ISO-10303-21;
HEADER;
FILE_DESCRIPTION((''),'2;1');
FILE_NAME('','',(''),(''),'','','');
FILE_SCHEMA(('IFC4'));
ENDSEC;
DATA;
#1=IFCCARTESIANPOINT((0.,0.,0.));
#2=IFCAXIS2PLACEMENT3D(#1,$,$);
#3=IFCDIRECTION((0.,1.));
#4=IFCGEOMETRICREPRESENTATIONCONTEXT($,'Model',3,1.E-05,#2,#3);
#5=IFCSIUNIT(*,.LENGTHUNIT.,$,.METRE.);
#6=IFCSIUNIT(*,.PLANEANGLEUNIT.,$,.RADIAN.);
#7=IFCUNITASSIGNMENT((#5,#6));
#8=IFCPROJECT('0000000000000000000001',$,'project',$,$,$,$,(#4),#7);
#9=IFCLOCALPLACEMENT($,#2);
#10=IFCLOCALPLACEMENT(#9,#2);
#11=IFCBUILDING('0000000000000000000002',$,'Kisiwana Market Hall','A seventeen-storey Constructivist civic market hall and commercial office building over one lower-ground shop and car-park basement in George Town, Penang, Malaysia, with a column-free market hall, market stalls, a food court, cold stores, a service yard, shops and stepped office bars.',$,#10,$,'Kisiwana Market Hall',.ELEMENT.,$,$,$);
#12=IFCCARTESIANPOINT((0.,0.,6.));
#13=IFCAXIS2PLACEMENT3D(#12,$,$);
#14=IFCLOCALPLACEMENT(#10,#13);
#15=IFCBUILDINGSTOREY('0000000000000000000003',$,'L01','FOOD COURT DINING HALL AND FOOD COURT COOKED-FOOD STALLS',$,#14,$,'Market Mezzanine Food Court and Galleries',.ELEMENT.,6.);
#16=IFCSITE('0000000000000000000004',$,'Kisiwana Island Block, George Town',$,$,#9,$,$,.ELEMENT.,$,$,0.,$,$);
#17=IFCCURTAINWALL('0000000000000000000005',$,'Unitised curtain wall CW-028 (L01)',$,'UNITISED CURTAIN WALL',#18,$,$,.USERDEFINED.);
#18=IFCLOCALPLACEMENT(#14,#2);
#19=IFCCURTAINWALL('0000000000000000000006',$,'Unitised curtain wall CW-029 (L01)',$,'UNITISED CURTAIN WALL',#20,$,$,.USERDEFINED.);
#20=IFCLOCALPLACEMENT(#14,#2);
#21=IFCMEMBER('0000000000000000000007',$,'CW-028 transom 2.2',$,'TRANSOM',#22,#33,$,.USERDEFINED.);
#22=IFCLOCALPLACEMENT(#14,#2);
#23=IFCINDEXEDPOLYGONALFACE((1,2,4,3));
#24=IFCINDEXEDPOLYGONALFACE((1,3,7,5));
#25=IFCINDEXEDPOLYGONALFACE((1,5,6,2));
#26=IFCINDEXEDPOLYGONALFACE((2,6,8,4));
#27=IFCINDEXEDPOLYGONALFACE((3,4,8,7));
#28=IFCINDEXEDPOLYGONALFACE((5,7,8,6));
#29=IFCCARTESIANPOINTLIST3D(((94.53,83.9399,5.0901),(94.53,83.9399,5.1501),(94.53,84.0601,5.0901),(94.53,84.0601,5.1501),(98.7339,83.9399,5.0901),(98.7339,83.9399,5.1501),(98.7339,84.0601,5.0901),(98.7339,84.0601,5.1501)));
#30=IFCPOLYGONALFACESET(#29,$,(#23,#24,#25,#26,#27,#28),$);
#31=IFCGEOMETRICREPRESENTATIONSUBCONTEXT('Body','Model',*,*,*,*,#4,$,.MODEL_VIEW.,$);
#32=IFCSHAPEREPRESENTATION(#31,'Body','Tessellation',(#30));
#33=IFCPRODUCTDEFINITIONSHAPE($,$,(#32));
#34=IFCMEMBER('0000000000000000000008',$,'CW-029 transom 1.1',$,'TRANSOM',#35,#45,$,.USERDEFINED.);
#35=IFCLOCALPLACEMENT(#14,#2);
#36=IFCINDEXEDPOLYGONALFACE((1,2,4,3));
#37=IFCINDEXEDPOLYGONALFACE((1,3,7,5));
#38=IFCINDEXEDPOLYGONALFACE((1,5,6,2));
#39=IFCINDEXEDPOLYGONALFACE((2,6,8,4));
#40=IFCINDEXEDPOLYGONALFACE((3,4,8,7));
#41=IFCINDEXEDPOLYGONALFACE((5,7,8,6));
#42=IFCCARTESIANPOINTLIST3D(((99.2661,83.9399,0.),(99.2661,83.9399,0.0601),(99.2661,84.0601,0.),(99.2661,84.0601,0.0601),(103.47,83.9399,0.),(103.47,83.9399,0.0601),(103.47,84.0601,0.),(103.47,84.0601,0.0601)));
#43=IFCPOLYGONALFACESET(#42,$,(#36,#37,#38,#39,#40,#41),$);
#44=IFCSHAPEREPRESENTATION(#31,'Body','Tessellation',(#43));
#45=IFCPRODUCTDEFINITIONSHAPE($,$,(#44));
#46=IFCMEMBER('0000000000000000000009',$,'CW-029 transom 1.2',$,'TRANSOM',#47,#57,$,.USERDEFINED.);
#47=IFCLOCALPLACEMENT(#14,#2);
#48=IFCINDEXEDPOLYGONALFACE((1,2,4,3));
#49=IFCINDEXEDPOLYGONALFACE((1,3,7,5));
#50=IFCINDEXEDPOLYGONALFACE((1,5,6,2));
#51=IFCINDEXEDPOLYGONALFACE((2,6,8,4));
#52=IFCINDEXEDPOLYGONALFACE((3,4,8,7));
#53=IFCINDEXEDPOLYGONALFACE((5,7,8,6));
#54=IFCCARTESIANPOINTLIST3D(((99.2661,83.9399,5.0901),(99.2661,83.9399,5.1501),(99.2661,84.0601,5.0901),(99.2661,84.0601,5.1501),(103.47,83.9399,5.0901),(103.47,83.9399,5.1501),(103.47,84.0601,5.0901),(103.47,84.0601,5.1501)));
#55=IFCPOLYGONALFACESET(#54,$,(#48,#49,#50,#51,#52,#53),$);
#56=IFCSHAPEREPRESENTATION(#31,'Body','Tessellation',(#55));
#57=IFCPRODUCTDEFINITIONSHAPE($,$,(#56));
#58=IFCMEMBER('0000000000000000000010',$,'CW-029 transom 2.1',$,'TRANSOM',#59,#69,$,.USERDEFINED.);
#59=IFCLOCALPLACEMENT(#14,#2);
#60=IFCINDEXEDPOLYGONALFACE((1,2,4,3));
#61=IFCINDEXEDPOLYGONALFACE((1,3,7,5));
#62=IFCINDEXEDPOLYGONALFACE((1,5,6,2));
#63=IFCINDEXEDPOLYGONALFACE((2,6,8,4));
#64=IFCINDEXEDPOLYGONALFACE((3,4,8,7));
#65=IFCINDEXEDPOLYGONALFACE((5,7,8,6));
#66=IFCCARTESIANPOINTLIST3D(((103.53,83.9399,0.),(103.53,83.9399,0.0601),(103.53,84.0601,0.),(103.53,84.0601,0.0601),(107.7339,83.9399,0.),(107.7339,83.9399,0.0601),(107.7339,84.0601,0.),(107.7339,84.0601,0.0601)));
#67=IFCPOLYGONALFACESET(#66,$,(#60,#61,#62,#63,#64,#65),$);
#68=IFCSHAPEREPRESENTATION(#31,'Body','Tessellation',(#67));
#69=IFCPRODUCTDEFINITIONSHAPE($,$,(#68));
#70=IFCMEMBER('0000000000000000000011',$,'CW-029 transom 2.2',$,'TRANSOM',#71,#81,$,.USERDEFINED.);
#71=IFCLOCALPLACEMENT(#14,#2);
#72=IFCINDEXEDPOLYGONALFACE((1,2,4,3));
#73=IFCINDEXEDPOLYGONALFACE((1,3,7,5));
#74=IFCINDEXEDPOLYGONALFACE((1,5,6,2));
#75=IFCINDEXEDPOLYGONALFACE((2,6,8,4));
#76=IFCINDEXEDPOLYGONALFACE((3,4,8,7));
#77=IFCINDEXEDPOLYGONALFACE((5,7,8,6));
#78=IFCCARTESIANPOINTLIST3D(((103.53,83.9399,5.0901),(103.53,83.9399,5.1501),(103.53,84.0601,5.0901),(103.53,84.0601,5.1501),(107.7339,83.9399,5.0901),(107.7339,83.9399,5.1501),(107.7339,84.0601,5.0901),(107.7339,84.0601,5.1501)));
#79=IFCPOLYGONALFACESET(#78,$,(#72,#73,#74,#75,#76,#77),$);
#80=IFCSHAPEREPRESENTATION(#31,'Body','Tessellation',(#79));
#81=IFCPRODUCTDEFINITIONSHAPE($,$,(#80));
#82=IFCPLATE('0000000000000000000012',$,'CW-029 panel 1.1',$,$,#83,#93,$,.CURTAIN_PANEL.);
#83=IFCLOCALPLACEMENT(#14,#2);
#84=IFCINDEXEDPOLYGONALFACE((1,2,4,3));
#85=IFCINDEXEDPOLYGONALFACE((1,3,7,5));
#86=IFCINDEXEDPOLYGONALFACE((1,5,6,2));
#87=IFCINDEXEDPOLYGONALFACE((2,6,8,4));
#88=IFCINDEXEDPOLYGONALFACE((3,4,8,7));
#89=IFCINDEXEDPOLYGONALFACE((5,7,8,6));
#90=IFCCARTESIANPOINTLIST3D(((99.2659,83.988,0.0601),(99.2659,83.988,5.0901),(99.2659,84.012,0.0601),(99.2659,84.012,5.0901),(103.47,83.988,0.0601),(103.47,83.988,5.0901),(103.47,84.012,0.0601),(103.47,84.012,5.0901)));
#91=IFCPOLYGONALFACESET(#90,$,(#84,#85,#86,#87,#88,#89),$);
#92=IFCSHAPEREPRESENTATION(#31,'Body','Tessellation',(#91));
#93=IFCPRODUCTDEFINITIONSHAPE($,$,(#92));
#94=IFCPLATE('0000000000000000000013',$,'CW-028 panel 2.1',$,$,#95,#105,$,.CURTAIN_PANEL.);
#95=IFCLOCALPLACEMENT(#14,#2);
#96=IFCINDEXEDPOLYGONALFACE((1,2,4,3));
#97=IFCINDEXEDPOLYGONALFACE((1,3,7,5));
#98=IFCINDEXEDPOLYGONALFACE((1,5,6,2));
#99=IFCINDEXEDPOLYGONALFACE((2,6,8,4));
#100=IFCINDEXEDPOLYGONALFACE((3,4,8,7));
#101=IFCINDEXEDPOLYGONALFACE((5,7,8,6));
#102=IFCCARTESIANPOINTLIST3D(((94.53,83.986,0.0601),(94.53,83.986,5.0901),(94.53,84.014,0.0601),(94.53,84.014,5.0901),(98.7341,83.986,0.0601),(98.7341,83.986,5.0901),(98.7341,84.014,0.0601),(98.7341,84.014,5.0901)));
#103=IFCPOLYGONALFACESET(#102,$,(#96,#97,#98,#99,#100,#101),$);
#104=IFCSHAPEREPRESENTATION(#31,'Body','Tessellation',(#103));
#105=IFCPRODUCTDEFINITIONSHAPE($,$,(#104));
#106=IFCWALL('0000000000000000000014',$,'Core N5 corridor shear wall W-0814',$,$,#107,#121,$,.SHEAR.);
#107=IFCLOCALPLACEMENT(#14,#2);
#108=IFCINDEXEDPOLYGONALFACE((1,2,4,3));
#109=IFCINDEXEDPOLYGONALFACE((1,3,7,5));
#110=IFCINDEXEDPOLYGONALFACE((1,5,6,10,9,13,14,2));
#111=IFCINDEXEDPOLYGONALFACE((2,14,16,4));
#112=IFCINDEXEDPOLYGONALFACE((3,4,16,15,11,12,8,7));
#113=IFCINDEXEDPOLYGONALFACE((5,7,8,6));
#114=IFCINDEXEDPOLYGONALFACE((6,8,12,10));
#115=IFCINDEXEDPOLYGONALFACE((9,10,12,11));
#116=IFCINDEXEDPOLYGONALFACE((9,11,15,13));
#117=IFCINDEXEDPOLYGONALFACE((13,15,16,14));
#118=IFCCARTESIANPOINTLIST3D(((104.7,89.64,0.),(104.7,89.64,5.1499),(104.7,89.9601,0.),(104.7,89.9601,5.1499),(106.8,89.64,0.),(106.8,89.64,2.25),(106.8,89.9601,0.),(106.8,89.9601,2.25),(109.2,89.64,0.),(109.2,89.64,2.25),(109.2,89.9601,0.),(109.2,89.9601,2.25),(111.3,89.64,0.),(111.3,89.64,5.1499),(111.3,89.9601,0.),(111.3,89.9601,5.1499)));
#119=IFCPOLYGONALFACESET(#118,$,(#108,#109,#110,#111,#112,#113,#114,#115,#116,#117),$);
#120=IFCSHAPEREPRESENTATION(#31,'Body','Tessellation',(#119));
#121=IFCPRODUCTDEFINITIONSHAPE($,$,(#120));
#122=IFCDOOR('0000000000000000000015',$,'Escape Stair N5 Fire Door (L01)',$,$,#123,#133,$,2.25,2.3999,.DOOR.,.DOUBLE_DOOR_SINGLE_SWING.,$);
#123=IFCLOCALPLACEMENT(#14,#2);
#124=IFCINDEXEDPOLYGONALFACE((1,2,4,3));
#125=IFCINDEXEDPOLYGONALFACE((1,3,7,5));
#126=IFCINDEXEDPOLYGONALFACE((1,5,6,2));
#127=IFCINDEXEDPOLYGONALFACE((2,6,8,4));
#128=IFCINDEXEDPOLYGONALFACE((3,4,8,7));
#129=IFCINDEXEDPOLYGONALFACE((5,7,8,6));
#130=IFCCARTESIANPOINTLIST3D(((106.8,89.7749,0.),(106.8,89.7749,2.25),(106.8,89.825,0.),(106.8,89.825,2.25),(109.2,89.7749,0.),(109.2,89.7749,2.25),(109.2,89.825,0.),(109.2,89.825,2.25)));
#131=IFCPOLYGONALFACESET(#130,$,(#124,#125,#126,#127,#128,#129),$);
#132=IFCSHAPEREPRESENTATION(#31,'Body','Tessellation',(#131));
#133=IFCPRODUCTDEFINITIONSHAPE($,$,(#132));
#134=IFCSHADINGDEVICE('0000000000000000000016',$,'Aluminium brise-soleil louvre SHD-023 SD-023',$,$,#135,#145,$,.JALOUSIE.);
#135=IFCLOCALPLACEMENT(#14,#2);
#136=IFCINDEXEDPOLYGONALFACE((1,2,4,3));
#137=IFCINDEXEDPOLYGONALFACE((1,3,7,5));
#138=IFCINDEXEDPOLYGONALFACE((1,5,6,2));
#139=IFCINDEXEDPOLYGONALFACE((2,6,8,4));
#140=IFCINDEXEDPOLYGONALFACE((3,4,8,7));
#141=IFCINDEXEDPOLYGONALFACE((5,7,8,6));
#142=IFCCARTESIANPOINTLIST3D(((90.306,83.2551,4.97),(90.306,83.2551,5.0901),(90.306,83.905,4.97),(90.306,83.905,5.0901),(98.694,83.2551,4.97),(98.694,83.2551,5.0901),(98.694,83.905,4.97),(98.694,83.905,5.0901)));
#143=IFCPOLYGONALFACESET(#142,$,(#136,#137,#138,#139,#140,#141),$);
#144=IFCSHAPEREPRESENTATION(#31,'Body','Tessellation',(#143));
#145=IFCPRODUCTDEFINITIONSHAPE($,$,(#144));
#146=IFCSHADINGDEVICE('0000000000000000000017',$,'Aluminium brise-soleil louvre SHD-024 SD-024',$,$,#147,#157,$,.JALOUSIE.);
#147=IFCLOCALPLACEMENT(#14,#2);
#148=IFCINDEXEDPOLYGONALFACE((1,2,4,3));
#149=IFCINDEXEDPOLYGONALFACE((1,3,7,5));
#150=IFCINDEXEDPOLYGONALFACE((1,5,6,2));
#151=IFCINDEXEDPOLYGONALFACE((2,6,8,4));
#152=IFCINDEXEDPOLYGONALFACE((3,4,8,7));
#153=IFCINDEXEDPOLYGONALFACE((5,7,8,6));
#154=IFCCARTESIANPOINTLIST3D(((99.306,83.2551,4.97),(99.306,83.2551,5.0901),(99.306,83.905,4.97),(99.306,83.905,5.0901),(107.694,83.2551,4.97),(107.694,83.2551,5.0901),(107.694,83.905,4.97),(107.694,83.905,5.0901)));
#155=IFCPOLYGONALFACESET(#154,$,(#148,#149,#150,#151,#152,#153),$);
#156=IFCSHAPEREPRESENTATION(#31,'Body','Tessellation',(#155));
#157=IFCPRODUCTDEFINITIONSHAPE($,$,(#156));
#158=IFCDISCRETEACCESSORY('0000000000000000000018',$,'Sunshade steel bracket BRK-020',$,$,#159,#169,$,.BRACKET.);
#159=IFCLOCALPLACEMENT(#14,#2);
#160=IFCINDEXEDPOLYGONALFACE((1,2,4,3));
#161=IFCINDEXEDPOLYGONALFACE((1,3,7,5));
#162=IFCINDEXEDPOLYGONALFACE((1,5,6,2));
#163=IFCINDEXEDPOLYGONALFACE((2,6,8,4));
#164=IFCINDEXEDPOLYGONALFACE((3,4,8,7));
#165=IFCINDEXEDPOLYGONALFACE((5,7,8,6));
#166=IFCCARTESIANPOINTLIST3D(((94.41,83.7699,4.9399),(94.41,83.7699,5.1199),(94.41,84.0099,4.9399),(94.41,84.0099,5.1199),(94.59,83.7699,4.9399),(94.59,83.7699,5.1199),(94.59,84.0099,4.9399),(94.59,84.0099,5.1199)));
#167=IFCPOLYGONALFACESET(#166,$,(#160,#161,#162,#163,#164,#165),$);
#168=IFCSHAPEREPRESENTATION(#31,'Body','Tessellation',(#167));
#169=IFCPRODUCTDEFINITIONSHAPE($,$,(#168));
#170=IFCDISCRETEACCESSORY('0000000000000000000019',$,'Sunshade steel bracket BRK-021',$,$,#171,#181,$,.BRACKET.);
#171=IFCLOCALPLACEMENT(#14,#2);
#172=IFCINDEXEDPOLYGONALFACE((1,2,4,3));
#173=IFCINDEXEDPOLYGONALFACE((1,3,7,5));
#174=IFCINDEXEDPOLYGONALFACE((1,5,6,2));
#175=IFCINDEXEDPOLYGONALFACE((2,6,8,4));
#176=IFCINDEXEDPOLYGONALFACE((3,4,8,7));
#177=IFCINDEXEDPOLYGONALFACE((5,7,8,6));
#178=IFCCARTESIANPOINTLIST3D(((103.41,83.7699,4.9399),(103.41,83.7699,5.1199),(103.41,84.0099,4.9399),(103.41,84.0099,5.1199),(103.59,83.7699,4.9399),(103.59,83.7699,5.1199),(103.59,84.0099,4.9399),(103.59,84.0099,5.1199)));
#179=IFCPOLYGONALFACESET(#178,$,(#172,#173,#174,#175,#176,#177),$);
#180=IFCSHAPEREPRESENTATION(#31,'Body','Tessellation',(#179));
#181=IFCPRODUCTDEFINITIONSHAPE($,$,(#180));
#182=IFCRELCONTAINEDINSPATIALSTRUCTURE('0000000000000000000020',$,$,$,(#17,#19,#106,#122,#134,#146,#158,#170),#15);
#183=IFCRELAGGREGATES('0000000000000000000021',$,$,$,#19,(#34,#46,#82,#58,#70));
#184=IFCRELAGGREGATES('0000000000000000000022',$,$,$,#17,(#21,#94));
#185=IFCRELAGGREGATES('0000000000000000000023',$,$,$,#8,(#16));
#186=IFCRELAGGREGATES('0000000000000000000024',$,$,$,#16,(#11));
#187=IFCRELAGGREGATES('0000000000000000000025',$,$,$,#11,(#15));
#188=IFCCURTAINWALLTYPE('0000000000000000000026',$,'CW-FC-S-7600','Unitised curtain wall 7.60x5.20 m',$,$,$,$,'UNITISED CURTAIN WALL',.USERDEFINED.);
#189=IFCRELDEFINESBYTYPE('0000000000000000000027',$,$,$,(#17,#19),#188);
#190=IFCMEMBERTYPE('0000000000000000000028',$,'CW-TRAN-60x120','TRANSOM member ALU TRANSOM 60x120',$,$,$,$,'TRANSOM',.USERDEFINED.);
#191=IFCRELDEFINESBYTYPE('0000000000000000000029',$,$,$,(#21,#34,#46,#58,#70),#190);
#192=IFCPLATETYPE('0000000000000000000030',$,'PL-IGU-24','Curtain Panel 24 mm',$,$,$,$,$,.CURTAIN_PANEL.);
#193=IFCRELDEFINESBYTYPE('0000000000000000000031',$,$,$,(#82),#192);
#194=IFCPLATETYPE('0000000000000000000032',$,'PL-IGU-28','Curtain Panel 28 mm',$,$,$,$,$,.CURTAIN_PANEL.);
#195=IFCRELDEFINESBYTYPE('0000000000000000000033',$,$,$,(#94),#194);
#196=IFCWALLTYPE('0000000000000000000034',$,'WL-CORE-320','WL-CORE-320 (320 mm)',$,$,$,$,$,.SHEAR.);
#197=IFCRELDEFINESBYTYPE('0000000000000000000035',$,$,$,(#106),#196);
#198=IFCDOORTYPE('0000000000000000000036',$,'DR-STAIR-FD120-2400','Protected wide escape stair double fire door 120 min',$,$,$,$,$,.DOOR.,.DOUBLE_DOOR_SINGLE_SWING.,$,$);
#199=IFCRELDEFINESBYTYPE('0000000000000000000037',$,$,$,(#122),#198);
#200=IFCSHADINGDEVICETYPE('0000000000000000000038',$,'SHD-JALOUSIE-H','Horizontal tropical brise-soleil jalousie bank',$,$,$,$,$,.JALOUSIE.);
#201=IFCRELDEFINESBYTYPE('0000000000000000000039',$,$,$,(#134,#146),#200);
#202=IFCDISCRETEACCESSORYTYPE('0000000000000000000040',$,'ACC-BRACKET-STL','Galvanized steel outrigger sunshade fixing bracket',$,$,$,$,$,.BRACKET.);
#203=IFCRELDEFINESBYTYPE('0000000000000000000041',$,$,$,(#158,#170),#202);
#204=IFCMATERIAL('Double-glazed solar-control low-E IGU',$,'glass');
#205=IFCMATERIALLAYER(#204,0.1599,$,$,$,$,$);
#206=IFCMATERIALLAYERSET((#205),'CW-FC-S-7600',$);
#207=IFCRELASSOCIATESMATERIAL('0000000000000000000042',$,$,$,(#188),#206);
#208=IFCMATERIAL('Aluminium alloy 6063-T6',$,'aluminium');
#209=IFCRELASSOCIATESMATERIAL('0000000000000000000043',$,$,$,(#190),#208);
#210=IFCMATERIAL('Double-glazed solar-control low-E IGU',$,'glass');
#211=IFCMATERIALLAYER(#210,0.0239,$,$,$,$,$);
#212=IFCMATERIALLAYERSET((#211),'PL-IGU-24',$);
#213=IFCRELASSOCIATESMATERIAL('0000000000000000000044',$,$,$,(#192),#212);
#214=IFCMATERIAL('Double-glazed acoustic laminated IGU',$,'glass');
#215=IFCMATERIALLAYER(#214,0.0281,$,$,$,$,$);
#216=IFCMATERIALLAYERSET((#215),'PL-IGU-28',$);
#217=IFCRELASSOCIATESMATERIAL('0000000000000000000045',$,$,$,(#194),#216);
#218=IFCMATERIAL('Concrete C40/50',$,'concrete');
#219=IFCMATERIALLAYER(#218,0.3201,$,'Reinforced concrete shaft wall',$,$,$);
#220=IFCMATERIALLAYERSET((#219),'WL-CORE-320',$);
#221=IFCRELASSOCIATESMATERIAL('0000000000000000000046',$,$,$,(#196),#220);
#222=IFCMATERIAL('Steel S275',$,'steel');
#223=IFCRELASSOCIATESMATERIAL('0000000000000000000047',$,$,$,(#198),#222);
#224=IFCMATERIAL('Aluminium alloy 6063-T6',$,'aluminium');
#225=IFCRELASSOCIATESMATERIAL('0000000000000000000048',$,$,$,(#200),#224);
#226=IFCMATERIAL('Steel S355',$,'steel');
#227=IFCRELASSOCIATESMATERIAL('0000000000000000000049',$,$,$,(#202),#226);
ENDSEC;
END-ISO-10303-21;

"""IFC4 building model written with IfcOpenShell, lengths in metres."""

from ifc_helpers import new_model, si_unit, direction, frame, frame_2d, origin, origin_2d, place, context, subcontext, project, spatial, rectangle, extrude, material, layer, layer_set, material_profile, profile_set, type_object, element, fill, aggregate, save


model = new_model("IFC4")

# Units and contexts
model_context = context("Model", 3, precision=1e-05, world=origin(), true_north=direction((0.0, 1.0)))
body_context = subcontext(model_context, "Body", "Model", "MODEL_VIEW")
ifc_project = project(units=[si_unit("LENGTHUNIT", "METRE"), si_unit("PLANEANGLEUNIT", "RADIAN")], contexts=[model_context])

# Site, building, storey
site_placement = place(None, origin())
site = spatial("IfcSite", under=ifc_project, at=site_placement, Name="Kisiwana Island Block, George Town", CompositionType="ELEMENT", RefElevation=0.0)
building_placement = place(site_placement, origin())
building = spatial("IfcBuilding", under=site, at=building_placement, Name="Kisiwana Market Hall", Description="A seventeen-storey Constructivist civic market hall and commercial office building over one lower-ground shop and car-park basement in George Town, Penang, Malaysia, with a column-free market hall, market stalls, a food court, cold stores, a service yard, shops and stepped office bars.", LongName="Kisiwana Market Hall", CompositionType="ELEMENT")
storey_placement = place(building_placement, frame((0.0, 0.0, 6.0)))
storey = spatial("IfcBuildingStorey", under=building, at=storey_placement, Name="L01", Description="FOOD COURT DINING HALL AND FOOD COURT COOKED-FOOD STALLS", LongName="Market Mezzanine Food Court and Galleries", CompositionType="ELEMENT", Elevation=6.0)

# Curtain walls
ifc_material_1 = material(Name="Double-glazed solar-control low-E IGU", Category="glass")
ifc_layer_1 = layer(ifc_material_1, 0.1599)
ifc_layer_set_1 = layer_set([ifc_layer_1], Name="CW-FC-S-7600")
curtain_wall_type = type_object("IfcCurtainWallType", Name="CW-FC-S-7600", Description="Unitised curtain wall 7.60x5.20 m", ElementType="UNITISED CURTAIN WALL", PredefinedType="USERDEFINED", material=ifc_layer_set_1)
curtain_wall_1_placement = place(storey_placement, origin())
curtain_wall_1 = element("IfcCurtainWall", 1, at=curtain_wall_1_placement, inside=storey, type_object=curtain_wall_type, Name="Unitised curtain wall CW-028 (L01)", ObjectType="UNITISED CURTAIN WALL", PredefinedType="USERDEFINED")
curtain_wall_2_placement = place(storey_placement, origin())
curtain_wall_2 = element("IfcCurtainWall", 2, at=curtain_wall_2_placement, inside=storey, type_object=curtain_wall_type, Name="Unitised curtain wall CW-029 (L01)", ObjectType="UNITISED CURTAIN WALL", PredefinedType="USERDEFINED")

# Members
ifc_material_2 = material(Name="Aluminium alloy 6063-T6", Category="aluminium")
ifc_material_profile_1 = material_profile(ifc_material_2, rectangle(XDim=0.1201, YDim=0.0601, at=origin_2d()), Name="ALU TRANSOM 60x120")
ifc_profile_set_1 = profile_set([ifc_material_profile_1], Name="Aluminium alloy 6063-T6")
member_type_1 = type_object("IfcMemberType", Name="CW-TRAN-60x120", Description="TRANSOM member ALU TRANSOM 60x120", ElementType="TRANSOM", PredefinedType="USERDEFINED", material=ifc_profile_set_1)
member_1_placement = place(storey_placement, frame((94.53, 84.0, 5.1201), z_axis=(1.0, 0.0, 0.0), x_axis=(0.0, 1.0, 0.0)))
member_1 = element("IfcMember", 3, at=member_1_placement, type_object=member_type_1, Name="CW-028 transom 2.2", ObjectType="TRANSOM", PredefinedType="USERDEFINED", context=body_context, shape_type="SweptSolid", body=[
    extrude(rectangle(XDim=0.1201, YDim=0.0601, at=origin_2d()), origin(), (0.0, 0.0, 1.0), 4.2039),
])
member_2_placement = place(storey_placement, frame((99.2661, 84.0, 0.03), z_axis=(1.0, 0.0, 0.0), x_axis=(0.0, 1.0, 0.0)))
member_2 = element("IfcMember", 4, at=member_2_placement, type_object=member_type_1, Name="CW-029 transom 1.1", ObjectType="TRANSOM", PredefinedType="USERDEFINED", context=body_context, shape_type="SweptSolid", body=[
    extrude(rectangle(XDim=0.1201, YDim=0.0601, at=origin_2d()), origin(), (0.0, 0.0, 1.0), 4.2039),
])
member_3_placement = place(storey_placement, frame((99.2661, 84.0, 5.1201), z_axis=(1.0, 0.0, 0.0), x_axis=(0.0, 1.0, 0.0)))
member_3 = element("IfcMember", 5, at=member_3_placement, type_object=member_type_1, Name="CW-029 transom 1.2", ObjectType="TRANSOM", PredefinedType="USERDEFINED", context=body_context, shape_type="SweptSolid", body=[
    extrude(rectangle(XDim=0.1201, YDim=0.0601, at=origin_2d()), origin(), (0.0, 0.0, 1.0), 4.2039),
])
member_4_placement = place(storey_placement, frame((103.53, 84.0, 0.03), z_axis=(1.0, 0.0, 0.0), x_axis=(0.0, 1.0, 0.0)))
member_4 = element("IfcMember", 6, at=member_4_placement, type_object=member_type_1, Name="CW-029 transom 2.1", ObjectType="TRANSOM", PredefinedType="USERDEFINED", context=body_context, shape_type="SweptSolid", body=[
    extrude(rectangle(XDim=0.1201, YDim=0.0601, at=origin_2d()), origin(), (0.0, 0.0, 1.0), 4.2039),
])
member_5_placement = place(storey_placement, frame((103.53, 84.0, 5.1201), z_axis=(1.0, 0.0, 0.0), x_axis=(0.0, 1.0, 0.0)))
member_5 = element("IfcMember", 7, at=member_5_placement, type_object=member_type_1, Name="CW-029 transom 2.2", ObjectType="TRANSOM", PredefinedType="USERDEFINED", context=body_context, shape_type="SweptSolid", body=[
    extrude(rectangle(XDim=0.1201, YDim=0.0601, at=origin_2d()), origin(), (0.0, 0.0, 1.0), 4.2039),
])

# Plates
ifc_material_3 = material(Name="Double-glazed solar-control low-E IGU", Category="glass")
ifc_layer_2 = layer(ifc_material_3, 0.0239)
ifc_layer_set_2 = layer_set([ifc_layer_2], Name="PL-IGU-24")
plate_type_1 = type_object("IfcPlateType", Name="PL-IGU-24", Description="Curtain Panel 24 mm", PredefinedType="CURTAIN_PANEL", material=ifc_layer_set_2)
plate_1_placement = place(storey_placement, frame((101.3679, 84.0, 0.0601), z_axis=(0.0, 0.0, 1.0), x_axis=(1.0, 0.0, 0.0)))
plate_1 = element("IfcPlate", 8, at=plate_1_placement, type_object=plate_type_1, Name="CW-029 panel 1.1", PredefinedType="CURTAIN_PANEL", context=body_context, shape_type="SweptSolid", body=[
    extrude(rectangle(XDim=4.2041, YDim=0.0239, at=origin_2d()), origin(), (0.0, 0.0, 1.0), 5.03),
])
aggregate(curtain_wall_2, [member_2, member_3, plate_1, member_4, member_5])
ifc_material_4 = material(Name="Double-glazed acoustic laminated IGU", Category="glass")
ifc_layer_3 = layer(ifc_material_4, 0.0281)
ifc_layer_set_3 = layer_set([ifc_layer_3], Name="PL-IGU-28")
plate_type_2 = type_object("IfcPlateType", Name="PL-IGU-28", Description="Curtain Panel 28 mm", PredefinedType="CURTAIN_PANEL", material=ifc_layer_set_3)
plate_2_placement = place(storey_placement, frame((96.6321, 84.0, 0.0601), z_axis=(0.0, 0.0, 1.0), x_axis=(1.0, 0.0, 0.0)))
plate_2 = element("IfcPlate", 9, at=plate_2_placement, type_object=plate_type_2, Name="CW-028 panel 2.1", PredefinedType="CURTAIN_PANEL", context=body_context, shape_type="SweptSolid", body=[
    extrude(rectangle(XDim=4.2041, YDim=0.0281, at=origin_2d()), origin(), (0.0, 0.0, 1.0), 5.03),
])
aggregate(curtain_wall_1, [member_1, plate_2])

# Wall, opening, door
ifc_material_5 = material(Name="Concrete C40/50", Category="concrete")
ifc_layer_4 = layer(ifc_material_5, 0.3201, Name="Reinforced concrete shaft wall")
ifc_layer_set_4 = layer_set([ifc_layer_4], Name="WL-CORE-320")
wall_type = type_object("IfcWallType", Name="WL-CORE-320", Description="WL-CORE-320 (320 mm)", PredefinedType="SHEAR", material=ifc_layer_set_4)
wall_placement = place(storey_placement, frame((104.7, 89.8, 0.0), z_axis=(0.0, 0.0, 1.0), x_axis=(1.0, 0.0, 0.0)))
wall = element("IfcWall", 10, at=wall_placement, inside=storey, type_object=wall_type, Name="Core N5 corridor shear wall W-0814", PredefinedType="SHEAR", context=body_context, shape_type="SweptSolid", body=[
    extrude(rectangle(XDim=6.6001, YDim=0.3201, at=frame_2d((3.3, 0.0))), origin(), (0.0, 0.0, 1.0), 5.1499),
])
opening_placement = place(wall_placement, frame((2.1001, 0.0, 0.0)))
opening = element("IfcOpeningElement", 11, at=opening_placement, cuts=wall, PredefinedType="OPENING", context=body_context, shape_type="SweptSolid", body=[
    extrude(rectangle(XDim=2.3999, YDim=2.25, at=frame_2d((1.2, 1.125))), frame((0.0, 0.1719, 0.0), z_axis=(0.0, -1.0, 0.0), x_axis=(1.0, 0.0, 0.0)), (0.0, 0.0, 1.0), 0.344),
])
ifc_material_6 = material(Name="Steel S275", Category="steel")
door_type = type_object("IfcDoorType", Name="DR-STAIR-FD120-2400", Description="Protected wide escape stair double fire door 120 min", OperationType="DOUBLE_DOOR_SINGLE_SWING", PredefinedType="DOOR", material=ifc_material_6)
door_placement = place(opening_placement, origin())
door = element("IfcDoor", 12, at=door_placement, inside=storey, type_object=door_type, Name="Escape Stair N5 Fire Door (L01)", OperationType="DOUBLE_DOOR_SINGLE_SWING", OverallHeight=2.25, OverallWidth=2.3999, PredefinedType="DOOR", context=body_context, shape_type="SweptSolid", body=[
    extrude(rectangle(XDim=2.3999, YDim=2.25, at=frame_2d((1.2, 1.125))), frame((0.0, 0.0249, 0.0), z_axis=(0.0, -1.0, 0.0), x_axis=(1.0, 0.0, 0.0)), (0.0, 0.0, 1.0), 0.05),
])
fill(opening, door)

# Shading devices
ifc_material_7 = material(Name="Aluminium alloy 6063-T6", Category="aluminium")
shading_device_type = type_object("IfcShadingDeviceType", Name="SHD-JALOUSIE-H", Description="Horizontal tropical brise-soleil jalousie bank", PredefinedType="JALOUSIE", material=ifc_material_7)
for number, where, z_axis, x_axis, name in (
    (13, (94.5, 83.5801, 4.97), (0.0, 0.0, 1.0), (1.0, 0.0, 0.0), "Aluminium brise-soleil louvre SHD-023 SD-023"),
    (14, (103.5, 83.5801, 4.97), (0.0, 0.0, 1.0), (1.0, 0.0, 0.0), "Aluminium brise-soleil louvre SHD-024 SD-024"),
):
    element("IfcShadingDevice", number, at=place(storey_placement, frame(where, z_axis=z_axis, x_axis=x_axis)), inside=storey, type_object=shading_device_type, Name=name, PredefinedType="JALOUSIE", context=body_context, shape_type="SweptSolid", body=[
        extrude(rectangle(XDim=8.3879, YDim=0.6499, at=origin_2d()), origin(), (0.0, 0.0, 1.0), 0.1201),
    ])

# Discrete accessories
ifc_material_8 = material(Name="Steel S355", Category="steel")
discrete_accessory_type = type_object("IfcDiscreteAccessoryType", Name="ACC-BRACKET-STL", Description="Galvanized steel outrigger sunshade fixing bracket", PredefinedType="BRACKET", material=ifc_material_8)
for number, where, z_axis, x_axis, name in (
    (15, (94.5, 83.8899, 4.9399), (0.0, 0.0, 1.0), (1.0, 0.0, 0.0), "Sunshade steel bracket BRK-020"),
    (16, (103.5, 83.8899, 4.9399), (0.0, 0.0, 1.0), (1.0, 0.0, 0.0), "Sunshade steel bracket BRK-021"),
):
    element("IfcDiscreteAccessory", number, at=place(storey_placement, frame(where, z_axis=z_axis, x_axis=x_axis)), inside=storey, type_object=discrete_accessory_type, Name=name, PredefinedType="BRACKET", context=body_context, shape_type="SweptSolid", body=[
        extrude(rectangle(XDim=0.1799, YDim=0.24, at=origin_2d()), origin(), (0.0, 0.0, 1.0), 0.1799),
    ])

save(model, "model.ifc")
